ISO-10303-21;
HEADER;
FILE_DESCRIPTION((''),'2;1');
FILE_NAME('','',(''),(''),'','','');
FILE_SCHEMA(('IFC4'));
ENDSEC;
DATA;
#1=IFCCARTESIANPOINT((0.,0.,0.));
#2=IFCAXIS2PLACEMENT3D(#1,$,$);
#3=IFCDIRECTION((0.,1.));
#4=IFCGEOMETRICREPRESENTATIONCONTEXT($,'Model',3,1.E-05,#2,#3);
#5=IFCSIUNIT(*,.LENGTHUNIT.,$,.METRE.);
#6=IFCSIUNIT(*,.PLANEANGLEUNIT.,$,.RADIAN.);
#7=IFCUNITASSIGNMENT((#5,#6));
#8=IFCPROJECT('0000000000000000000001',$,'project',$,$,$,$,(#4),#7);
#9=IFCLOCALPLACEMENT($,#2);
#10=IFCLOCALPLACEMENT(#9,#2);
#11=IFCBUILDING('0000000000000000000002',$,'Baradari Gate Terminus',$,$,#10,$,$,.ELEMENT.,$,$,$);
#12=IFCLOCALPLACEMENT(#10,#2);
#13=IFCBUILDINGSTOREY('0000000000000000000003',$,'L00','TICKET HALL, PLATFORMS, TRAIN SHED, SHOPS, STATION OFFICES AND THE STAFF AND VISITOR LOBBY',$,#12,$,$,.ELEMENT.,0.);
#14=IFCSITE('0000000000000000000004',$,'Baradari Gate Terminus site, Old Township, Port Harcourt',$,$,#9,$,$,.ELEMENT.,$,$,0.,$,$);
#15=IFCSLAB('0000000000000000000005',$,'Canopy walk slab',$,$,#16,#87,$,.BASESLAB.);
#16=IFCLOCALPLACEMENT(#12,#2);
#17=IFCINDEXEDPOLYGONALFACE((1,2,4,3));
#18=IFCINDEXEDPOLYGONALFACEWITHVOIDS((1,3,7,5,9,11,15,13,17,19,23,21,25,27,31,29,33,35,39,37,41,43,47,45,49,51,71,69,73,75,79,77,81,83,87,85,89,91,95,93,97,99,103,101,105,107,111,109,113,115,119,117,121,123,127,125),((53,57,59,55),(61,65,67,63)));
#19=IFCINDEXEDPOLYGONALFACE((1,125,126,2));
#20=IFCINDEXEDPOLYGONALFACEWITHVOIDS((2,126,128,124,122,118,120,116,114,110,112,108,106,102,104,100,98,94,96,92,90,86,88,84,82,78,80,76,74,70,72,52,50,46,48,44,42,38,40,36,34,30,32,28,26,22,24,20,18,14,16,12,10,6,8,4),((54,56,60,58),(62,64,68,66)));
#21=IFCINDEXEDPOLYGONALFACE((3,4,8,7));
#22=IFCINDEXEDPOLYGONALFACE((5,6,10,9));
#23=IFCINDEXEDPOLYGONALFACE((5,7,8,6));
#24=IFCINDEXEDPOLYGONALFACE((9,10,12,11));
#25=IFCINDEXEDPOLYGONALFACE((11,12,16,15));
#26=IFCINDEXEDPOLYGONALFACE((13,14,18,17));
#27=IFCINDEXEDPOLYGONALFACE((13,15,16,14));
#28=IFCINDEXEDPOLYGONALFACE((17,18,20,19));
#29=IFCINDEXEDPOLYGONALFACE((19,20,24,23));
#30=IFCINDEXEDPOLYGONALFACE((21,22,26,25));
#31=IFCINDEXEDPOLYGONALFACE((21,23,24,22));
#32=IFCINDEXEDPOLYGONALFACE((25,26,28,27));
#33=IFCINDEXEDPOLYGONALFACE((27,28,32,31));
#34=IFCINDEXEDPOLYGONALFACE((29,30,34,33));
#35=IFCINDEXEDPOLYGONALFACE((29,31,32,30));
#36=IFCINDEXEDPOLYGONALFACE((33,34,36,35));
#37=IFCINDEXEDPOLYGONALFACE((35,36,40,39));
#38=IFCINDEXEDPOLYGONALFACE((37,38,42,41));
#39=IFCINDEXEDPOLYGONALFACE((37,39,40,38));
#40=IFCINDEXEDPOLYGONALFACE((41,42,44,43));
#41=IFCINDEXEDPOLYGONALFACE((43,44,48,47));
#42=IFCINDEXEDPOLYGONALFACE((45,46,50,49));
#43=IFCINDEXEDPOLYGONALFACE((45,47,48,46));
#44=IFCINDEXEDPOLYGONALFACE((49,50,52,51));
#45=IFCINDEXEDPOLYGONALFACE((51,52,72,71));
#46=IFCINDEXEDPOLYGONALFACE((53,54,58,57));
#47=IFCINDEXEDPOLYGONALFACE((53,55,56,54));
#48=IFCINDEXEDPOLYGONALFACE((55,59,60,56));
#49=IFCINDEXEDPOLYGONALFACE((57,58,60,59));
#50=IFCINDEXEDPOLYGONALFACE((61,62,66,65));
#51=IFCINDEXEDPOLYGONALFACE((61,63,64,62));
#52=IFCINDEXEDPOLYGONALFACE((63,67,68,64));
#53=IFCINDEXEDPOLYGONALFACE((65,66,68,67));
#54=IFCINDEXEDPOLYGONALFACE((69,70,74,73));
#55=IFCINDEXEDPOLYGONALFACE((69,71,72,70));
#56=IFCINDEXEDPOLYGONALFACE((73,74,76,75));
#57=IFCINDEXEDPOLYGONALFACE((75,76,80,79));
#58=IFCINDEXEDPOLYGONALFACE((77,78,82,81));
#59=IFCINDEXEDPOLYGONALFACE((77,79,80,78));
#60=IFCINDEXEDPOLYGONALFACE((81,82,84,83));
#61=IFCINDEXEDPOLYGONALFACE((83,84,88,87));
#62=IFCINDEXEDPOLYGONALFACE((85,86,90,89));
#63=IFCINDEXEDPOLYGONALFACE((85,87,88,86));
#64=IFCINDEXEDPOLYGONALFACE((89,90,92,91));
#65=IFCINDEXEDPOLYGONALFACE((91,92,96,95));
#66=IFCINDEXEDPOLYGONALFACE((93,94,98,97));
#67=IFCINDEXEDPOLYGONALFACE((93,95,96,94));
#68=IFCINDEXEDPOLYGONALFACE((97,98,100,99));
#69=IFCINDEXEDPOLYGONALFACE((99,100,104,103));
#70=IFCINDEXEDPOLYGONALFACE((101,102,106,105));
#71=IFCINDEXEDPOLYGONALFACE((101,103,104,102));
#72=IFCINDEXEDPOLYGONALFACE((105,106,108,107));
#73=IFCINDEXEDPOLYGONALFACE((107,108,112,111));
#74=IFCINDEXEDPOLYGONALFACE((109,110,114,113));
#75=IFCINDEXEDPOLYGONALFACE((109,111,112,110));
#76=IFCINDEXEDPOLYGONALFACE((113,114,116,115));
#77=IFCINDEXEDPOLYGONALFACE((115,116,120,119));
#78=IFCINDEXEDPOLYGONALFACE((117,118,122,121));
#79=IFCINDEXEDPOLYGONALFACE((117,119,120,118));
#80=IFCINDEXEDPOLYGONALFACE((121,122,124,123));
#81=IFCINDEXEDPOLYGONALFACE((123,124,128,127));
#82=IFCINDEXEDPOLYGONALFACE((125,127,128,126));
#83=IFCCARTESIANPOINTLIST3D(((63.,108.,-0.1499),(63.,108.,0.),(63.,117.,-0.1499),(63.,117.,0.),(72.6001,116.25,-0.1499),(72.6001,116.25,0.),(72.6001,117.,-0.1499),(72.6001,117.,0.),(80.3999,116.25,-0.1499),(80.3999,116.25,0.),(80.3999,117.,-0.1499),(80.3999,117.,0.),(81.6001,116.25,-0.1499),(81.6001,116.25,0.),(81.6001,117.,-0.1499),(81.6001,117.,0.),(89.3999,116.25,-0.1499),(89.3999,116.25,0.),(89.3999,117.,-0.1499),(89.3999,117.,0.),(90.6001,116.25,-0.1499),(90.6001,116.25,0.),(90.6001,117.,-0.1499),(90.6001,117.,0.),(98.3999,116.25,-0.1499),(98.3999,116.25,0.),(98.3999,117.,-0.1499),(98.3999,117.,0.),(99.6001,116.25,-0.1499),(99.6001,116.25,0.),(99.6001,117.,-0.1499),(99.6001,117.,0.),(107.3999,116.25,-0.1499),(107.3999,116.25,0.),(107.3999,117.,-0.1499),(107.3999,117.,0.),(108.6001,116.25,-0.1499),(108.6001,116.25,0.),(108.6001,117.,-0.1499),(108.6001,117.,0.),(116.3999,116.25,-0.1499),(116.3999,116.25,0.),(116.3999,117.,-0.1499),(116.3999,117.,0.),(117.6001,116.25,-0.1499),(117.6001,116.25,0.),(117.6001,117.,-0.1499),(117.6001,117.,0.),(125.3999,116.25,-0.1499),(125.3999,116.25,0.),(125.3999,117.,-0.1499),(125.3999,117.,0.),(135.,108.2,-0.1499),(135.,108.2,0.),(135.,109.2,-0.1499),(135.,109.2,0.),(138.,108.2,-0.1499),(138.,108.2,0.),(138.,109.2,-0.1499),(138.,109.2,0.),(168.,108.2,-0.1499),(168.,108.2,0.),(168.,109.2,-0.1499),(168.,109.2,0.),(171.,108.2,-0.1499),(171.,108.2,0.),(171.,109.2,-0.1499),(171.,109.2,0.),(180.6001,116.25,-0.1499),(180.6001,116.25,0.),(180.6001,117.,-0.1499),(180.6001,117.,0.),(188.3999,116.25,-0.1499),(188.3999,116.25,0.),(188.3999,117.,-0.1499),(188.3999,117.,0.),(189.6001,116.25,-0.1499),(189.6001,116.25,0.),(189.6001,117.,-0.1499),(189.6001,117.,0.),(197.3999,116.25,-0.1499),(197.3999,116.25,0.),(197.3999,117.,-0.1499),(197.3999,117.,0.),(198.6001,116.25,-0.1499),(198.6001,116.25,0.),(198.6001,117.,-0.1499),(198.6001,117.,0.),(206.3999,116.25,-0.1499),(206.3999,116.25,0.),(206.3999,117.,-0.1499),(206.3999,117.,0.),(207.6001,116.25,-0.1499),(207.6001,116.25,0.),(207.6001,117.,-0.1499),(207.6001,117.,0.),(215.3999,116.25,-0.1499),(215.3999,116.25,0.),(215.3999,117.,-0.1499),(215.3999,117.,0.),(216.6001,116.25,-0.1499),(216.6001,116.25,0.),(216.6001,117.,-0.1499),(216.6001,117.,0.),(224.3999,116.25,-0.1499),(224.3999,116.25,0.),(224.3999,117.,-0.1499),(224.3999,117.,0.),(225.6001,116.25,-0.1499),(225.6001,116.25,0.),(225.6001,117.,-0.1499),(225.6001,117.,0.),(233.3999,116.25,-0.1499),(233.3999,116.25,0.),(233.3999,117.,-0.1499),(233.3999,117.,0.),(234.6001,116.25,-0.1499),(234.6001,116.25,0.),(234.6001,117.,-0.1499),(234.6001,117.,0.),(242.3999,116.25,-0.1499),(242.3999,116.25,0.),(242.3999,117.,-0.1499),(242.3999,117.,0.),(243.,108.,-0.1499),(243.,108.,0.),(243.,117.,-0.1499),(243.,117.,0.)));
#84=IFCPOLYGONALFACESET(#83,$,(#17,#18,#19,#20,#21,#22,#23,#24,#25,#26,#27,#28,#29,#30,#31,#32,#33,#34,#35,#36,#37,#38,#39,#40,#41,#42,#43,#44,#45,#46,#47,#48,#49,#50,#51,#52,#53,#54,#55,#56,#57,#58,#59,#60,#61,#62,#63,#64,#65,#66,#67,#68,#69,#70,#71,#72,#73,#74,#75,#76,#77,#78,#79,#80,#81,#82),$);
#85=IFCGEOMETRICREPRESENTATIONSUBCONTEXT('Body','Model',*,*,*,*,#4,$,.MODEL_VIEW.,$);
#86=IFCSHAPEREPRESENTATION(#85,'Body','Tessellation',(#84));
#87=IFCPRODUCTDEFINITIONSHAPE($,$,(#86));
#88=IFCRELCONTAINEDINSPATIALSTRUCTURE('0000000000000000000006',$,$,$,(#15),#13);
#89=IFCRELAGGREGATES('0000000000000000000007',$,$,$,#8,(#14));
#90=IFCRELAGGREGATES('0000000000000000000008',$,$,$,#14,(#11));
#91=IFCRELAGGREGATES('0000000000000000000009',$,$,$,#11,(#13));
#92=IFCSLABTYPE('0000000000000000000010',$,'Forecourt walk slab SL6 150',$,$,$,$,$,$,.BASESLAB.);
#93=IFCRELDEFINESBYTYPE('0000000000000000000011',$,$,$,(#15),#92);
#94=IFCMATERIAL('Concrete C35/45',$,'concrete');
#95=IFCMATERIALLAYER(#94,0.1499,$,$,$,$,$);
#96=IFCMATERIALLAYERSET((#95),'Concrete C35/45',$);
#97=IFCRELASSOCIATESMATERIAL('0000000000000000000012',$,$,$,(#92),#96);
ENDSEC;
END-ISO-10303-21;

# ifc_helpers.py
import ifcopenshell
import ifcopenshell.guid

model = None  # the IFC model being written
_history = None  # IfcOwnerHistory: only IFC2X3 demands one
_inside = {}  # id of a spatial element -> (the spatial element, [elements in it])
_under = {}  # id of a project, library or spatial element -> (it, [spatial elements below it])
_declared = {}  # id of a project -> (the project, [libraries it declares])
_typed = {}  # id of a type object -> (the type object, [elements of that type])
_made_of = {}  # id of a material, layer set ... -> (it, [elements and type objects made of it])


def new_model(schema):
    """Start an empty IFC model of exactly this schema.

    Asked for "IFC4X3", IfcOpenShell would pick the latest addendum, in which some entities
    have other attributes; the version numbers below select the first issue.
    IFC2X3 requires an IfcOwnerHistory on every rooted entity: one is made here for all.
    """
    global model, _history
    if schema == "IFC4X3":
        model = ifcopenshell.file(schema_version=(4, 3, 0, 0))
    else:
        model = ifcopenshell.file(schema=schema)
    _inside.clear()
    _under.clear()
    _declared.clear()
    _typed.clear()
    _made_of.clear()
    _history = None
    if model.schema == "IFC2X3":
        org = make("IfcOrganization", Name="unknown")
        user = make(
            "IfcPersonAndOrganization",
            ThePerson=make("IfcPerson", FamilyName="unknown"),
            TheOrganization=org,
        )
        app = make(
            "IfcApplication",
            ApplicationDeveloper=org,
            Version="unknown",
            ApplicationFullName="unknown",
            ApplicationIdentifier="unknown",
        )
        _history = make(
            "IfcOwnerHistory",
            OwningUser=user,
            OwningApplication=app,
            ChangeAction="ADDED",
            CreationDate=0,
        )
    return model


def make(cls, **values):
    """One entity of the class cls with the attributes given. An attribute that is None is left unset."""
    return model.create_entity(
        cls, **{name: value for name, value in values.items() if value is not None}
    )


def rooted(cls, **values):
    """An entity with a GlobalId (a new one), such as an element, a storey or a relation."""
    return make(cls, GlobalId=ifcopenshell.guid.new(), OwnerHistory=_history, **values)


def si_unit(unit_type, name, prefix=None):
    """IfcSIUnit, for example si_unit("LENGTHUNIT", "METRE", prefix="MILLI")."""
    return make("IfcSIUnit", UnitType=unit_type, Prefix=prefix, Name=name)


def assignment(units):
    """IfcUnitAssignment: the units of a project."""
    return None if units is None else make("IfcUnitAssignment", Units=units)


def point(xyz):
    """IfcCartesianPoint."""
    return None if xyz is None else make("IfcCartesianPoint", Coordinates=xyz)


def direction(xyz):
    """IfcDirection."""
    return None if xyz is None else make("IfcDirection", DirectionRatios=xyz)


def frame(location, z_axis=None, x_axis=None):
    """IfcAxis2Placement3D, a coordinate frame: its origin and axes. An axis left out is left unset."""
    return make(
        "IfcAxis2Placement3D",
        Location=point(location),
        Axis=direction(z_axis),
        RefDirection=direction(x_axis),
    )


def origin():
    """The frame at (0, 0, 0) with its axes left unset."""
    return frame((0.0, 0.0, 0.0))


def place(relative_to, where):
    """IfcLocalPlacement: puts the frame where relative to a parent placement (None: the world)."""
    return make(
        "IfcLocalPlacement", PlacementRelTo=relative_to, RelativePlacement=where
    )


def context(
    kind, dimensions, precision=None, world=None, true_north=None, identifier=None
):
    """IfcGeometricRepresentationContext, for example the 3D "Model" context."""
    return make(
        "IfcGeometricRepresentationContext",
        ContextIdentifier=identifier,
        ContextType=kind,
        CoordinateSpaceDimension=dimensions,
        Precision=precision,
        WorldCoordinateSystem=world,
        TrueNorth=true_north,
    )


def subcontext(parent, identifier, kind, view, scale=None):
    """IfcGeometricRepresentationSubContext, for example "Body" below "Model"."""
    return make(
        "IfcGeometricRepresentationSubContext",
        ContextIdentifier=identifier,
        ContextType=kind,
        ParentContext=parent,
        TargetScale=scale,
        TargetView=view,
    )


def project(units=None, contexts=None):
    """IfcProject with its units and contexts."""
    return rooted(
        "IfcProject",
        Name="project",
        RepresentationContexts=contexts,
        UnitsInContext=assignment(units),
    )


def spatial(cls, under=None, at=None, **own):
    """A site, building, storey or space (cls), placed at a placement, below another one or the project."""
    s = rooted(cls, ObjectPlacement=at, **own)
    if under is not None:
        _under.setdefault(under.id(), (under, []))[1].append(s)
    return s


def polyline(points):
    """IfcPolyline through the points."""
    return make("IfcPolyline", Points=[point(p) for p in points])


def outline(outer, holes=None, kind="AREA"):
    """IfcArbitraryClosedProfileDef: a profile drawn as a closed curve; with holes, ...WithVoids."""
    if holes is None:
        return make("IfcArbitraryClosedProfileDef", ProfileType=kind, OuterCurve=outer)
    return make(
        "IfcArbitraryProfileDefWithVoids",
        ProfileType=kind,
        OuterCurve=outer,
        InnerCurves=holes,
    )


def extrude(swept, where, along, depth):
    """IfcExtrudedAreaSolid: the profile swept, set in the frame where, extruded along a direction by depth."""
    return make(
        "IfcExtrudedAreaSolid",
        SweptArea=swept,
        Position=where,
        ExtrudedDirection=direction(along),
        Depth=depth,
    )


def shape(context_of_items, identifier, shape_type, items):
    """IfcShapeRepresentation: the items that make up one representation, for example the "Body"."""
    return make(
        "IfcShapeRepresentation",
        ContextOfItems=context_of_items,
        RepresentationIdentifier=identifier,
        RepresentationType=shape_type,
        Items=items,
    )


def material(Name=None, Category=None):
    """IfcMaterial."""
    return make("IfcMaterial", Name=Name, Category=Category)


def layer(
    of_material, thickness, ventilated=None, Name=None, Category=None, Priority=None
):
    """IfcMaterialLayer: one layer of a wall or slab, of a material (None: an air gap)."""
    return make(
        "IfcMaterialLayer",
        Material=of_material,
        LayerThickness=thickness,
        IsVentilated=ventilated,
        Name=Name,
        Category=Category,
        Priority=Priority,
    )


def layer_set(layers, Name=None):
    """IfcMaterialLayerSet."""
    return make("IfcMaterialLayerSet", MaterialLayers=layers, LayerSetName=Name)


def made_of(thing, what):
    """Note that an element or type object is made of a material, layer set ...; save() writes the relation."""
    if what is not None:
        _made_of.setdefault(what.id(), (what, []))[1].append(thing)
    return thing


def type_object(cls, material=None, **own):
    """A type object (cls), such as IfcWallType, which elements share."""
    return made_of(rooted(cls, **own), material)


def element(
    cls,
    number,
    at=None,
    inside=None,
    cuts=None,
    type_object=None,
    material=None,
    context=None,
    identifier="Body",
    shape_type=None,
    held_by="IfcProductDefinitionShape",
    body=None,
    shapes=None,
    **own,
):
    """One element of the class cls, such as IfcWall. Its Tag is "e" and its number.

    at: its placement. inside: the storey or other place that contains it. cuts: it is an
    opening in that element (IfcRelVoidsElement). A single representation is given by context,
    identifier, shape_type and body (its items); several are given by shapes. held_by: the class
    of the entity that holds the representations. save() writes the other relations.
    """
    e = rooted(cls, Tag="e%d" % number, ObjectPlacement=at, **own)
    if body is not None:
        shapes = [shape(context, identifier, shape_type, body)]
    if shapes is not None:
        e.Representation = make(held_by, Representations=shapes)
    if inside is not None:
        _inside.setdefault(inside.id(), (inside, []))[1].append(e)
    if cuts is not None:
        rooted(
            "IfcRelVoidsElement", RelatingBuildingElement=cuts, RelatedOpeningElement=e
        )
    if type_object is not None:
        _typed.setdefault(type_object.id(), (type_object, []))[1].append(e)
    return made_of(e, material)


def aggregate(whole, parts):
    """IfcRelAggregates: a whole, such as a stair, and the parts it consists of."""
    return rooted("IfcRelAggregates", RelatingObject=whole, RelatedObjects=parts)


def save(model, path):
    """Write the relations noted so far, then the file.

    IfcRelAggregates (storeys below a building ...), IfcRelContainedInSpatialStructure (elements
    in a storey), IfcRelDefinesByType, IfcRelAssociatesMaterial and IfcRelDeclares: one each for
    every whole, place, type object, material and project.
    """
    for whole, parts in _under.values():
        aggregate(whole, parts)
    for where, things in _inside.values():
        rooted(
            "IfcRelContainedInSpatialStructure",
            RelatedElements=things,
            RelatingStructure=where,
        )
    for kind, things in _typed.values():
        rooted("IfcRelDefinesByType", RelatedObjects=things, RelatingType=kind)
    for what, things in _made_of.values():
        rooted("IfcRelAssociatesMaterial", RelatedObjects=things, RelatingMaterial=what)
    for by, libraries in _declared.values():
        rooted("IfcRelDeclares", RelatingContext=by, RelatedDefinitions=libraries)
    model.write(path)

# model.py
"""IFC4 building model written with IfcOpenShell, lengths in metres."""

from ifc_helpers import new_model, si_unit, direction, frame, origin, place, context, subcontext, project, spatial, polyline, outline, extrude, material, layer, layer_set, type_object, element, save


model = new_model("IFC4")

# Units and contexts
model_context = context("Model", 3, precision=1e-05, world=origin(), true_north=direction((0.0, 1.0)))
body_context = subcontext(model_context, "Body", "Model", "MODEL_VIEW")
ifc_project = project(units=[si_unit("LENGTHUNIT", "METRE"), si_unit("PLANEANGLEUNIT", "RADIAN")], contexts=[model_context])

# Site, building, storey
site_placement = place(None, origin())
site = spatial("IfcSite", under=ifc_project, at=site_placement, Name="Baradari Gate Terminus site, Old Township, Port Harcourt", CompositionType="ELEMENT", RefElevation=0.0)
building_placement = place(site_placement, origin())
building = spatial("IfcBuilding", under=site, at=building_placement, Name="Baradari Gate Terminus", CompositionType="ELEMENT")
storey_placement = place(building_placement, origin())
storey = spatial("IfcBuildingStorey", under=building, at=storey_placement, Name="L00", Description="TICKET HALL, PLATFORMS, TRAIN SHED, SHOPS, STATION OFFICES AND THE STAFF AND VISITOR LOBBY", CompositionType="ELEMENT", Elevation=0.0)

# Slab
ifc_material_1 = material(Name="Concrete C35/45", Category="concrete")
ifc_layer_1 = layer(ifc_material_1, 0.1499)
ifc_layer_set_1 = layer_set([ifc_layer_1], Name="Concrete C35/45")
slab_type_1 = type_object("IfcSlabType", Name="Forecourt walk slab SL6 150", PredefinedType="BASESLAB", material=ifc_layer_set_1)
slab_1_placement = place(storey_placement, frame((0.0, 0.0, -0.1499)))
element("IfcSlab", 1, at=slab_1_placement, inside=storey, type_object=slab_type_1, Name="Canopy walk slab", PredefinedType="BASESLAB", context=body_context, shape_type="SweptSolid", body=[
    extrude(outline(polyline([(243.0, 108.0), (243.0, 117.0), (242.3999, 117.0), (242.3999, 116.25), (234.6001, 116.25), (234.6001, 117.0), (233.3999, 117.0), (233.3999, 116.25), (225.6001, 116.25), (225.6001, 117.0), (224.3999, 117.0), (224.3999, 116.25), (216.6001, 116.25), (216.6001, 117.0), (215.3999, 117.0), (215.3999, 116.25), (207.6001, 116.25), (207.6001, 117.0), (206.3999, 117.0), (206.3999, 116.25), (198.6001, 116.25), (198.6001, 117.0), (197.3999, 117.0), (197.3999, 116.25), (189.6001, 116.25), (189.6001, 117.0), (188.3999, 117.0), (188.3999, 116.25), (180.6001, 116.25), (180.6001, 117.0), (125.3999, 117.0), (125.3999, 116.25), (117.6001, 116.25), (117.6001, 117.0), (116.3999, 117.0), (116.3999, 116.25), (108.6001, 116.25), (108.6001, 117.0), (107.3999, 117.0), (107.3999, 116.25), (99.6001, 116.25), (99.6001, 117.0), (98.3999, 117.0), (98.3999, 116.25), (90.6001, 116.25), (90.6001, 117.0), (89.3999, 117.0), (89.3999, 116.25), (81.6001, 116.25), (81.6001, 117.0), (80.3999, 117.0), (80.3999, 116.25), (72.6001, 116.25), (72.6001, 117.0), (63.0, 117.0), (63.0, 108.0), (243.0, 108.0)]), holes=[polyline([(138.0, 108.2), (138.0, 109.2), (135.0, 109.2), (135.0, 108.2), (138.0, 108.2)]), polyline([(171.0, 108.2), (171.0, 109.2), (168.0, 109.2), (168.0, 108.2), (171.0, 108.2)])]), origin(), (0.0, 0.0, 1.0), 0.1499),
])

save(model, "model.ifc")
